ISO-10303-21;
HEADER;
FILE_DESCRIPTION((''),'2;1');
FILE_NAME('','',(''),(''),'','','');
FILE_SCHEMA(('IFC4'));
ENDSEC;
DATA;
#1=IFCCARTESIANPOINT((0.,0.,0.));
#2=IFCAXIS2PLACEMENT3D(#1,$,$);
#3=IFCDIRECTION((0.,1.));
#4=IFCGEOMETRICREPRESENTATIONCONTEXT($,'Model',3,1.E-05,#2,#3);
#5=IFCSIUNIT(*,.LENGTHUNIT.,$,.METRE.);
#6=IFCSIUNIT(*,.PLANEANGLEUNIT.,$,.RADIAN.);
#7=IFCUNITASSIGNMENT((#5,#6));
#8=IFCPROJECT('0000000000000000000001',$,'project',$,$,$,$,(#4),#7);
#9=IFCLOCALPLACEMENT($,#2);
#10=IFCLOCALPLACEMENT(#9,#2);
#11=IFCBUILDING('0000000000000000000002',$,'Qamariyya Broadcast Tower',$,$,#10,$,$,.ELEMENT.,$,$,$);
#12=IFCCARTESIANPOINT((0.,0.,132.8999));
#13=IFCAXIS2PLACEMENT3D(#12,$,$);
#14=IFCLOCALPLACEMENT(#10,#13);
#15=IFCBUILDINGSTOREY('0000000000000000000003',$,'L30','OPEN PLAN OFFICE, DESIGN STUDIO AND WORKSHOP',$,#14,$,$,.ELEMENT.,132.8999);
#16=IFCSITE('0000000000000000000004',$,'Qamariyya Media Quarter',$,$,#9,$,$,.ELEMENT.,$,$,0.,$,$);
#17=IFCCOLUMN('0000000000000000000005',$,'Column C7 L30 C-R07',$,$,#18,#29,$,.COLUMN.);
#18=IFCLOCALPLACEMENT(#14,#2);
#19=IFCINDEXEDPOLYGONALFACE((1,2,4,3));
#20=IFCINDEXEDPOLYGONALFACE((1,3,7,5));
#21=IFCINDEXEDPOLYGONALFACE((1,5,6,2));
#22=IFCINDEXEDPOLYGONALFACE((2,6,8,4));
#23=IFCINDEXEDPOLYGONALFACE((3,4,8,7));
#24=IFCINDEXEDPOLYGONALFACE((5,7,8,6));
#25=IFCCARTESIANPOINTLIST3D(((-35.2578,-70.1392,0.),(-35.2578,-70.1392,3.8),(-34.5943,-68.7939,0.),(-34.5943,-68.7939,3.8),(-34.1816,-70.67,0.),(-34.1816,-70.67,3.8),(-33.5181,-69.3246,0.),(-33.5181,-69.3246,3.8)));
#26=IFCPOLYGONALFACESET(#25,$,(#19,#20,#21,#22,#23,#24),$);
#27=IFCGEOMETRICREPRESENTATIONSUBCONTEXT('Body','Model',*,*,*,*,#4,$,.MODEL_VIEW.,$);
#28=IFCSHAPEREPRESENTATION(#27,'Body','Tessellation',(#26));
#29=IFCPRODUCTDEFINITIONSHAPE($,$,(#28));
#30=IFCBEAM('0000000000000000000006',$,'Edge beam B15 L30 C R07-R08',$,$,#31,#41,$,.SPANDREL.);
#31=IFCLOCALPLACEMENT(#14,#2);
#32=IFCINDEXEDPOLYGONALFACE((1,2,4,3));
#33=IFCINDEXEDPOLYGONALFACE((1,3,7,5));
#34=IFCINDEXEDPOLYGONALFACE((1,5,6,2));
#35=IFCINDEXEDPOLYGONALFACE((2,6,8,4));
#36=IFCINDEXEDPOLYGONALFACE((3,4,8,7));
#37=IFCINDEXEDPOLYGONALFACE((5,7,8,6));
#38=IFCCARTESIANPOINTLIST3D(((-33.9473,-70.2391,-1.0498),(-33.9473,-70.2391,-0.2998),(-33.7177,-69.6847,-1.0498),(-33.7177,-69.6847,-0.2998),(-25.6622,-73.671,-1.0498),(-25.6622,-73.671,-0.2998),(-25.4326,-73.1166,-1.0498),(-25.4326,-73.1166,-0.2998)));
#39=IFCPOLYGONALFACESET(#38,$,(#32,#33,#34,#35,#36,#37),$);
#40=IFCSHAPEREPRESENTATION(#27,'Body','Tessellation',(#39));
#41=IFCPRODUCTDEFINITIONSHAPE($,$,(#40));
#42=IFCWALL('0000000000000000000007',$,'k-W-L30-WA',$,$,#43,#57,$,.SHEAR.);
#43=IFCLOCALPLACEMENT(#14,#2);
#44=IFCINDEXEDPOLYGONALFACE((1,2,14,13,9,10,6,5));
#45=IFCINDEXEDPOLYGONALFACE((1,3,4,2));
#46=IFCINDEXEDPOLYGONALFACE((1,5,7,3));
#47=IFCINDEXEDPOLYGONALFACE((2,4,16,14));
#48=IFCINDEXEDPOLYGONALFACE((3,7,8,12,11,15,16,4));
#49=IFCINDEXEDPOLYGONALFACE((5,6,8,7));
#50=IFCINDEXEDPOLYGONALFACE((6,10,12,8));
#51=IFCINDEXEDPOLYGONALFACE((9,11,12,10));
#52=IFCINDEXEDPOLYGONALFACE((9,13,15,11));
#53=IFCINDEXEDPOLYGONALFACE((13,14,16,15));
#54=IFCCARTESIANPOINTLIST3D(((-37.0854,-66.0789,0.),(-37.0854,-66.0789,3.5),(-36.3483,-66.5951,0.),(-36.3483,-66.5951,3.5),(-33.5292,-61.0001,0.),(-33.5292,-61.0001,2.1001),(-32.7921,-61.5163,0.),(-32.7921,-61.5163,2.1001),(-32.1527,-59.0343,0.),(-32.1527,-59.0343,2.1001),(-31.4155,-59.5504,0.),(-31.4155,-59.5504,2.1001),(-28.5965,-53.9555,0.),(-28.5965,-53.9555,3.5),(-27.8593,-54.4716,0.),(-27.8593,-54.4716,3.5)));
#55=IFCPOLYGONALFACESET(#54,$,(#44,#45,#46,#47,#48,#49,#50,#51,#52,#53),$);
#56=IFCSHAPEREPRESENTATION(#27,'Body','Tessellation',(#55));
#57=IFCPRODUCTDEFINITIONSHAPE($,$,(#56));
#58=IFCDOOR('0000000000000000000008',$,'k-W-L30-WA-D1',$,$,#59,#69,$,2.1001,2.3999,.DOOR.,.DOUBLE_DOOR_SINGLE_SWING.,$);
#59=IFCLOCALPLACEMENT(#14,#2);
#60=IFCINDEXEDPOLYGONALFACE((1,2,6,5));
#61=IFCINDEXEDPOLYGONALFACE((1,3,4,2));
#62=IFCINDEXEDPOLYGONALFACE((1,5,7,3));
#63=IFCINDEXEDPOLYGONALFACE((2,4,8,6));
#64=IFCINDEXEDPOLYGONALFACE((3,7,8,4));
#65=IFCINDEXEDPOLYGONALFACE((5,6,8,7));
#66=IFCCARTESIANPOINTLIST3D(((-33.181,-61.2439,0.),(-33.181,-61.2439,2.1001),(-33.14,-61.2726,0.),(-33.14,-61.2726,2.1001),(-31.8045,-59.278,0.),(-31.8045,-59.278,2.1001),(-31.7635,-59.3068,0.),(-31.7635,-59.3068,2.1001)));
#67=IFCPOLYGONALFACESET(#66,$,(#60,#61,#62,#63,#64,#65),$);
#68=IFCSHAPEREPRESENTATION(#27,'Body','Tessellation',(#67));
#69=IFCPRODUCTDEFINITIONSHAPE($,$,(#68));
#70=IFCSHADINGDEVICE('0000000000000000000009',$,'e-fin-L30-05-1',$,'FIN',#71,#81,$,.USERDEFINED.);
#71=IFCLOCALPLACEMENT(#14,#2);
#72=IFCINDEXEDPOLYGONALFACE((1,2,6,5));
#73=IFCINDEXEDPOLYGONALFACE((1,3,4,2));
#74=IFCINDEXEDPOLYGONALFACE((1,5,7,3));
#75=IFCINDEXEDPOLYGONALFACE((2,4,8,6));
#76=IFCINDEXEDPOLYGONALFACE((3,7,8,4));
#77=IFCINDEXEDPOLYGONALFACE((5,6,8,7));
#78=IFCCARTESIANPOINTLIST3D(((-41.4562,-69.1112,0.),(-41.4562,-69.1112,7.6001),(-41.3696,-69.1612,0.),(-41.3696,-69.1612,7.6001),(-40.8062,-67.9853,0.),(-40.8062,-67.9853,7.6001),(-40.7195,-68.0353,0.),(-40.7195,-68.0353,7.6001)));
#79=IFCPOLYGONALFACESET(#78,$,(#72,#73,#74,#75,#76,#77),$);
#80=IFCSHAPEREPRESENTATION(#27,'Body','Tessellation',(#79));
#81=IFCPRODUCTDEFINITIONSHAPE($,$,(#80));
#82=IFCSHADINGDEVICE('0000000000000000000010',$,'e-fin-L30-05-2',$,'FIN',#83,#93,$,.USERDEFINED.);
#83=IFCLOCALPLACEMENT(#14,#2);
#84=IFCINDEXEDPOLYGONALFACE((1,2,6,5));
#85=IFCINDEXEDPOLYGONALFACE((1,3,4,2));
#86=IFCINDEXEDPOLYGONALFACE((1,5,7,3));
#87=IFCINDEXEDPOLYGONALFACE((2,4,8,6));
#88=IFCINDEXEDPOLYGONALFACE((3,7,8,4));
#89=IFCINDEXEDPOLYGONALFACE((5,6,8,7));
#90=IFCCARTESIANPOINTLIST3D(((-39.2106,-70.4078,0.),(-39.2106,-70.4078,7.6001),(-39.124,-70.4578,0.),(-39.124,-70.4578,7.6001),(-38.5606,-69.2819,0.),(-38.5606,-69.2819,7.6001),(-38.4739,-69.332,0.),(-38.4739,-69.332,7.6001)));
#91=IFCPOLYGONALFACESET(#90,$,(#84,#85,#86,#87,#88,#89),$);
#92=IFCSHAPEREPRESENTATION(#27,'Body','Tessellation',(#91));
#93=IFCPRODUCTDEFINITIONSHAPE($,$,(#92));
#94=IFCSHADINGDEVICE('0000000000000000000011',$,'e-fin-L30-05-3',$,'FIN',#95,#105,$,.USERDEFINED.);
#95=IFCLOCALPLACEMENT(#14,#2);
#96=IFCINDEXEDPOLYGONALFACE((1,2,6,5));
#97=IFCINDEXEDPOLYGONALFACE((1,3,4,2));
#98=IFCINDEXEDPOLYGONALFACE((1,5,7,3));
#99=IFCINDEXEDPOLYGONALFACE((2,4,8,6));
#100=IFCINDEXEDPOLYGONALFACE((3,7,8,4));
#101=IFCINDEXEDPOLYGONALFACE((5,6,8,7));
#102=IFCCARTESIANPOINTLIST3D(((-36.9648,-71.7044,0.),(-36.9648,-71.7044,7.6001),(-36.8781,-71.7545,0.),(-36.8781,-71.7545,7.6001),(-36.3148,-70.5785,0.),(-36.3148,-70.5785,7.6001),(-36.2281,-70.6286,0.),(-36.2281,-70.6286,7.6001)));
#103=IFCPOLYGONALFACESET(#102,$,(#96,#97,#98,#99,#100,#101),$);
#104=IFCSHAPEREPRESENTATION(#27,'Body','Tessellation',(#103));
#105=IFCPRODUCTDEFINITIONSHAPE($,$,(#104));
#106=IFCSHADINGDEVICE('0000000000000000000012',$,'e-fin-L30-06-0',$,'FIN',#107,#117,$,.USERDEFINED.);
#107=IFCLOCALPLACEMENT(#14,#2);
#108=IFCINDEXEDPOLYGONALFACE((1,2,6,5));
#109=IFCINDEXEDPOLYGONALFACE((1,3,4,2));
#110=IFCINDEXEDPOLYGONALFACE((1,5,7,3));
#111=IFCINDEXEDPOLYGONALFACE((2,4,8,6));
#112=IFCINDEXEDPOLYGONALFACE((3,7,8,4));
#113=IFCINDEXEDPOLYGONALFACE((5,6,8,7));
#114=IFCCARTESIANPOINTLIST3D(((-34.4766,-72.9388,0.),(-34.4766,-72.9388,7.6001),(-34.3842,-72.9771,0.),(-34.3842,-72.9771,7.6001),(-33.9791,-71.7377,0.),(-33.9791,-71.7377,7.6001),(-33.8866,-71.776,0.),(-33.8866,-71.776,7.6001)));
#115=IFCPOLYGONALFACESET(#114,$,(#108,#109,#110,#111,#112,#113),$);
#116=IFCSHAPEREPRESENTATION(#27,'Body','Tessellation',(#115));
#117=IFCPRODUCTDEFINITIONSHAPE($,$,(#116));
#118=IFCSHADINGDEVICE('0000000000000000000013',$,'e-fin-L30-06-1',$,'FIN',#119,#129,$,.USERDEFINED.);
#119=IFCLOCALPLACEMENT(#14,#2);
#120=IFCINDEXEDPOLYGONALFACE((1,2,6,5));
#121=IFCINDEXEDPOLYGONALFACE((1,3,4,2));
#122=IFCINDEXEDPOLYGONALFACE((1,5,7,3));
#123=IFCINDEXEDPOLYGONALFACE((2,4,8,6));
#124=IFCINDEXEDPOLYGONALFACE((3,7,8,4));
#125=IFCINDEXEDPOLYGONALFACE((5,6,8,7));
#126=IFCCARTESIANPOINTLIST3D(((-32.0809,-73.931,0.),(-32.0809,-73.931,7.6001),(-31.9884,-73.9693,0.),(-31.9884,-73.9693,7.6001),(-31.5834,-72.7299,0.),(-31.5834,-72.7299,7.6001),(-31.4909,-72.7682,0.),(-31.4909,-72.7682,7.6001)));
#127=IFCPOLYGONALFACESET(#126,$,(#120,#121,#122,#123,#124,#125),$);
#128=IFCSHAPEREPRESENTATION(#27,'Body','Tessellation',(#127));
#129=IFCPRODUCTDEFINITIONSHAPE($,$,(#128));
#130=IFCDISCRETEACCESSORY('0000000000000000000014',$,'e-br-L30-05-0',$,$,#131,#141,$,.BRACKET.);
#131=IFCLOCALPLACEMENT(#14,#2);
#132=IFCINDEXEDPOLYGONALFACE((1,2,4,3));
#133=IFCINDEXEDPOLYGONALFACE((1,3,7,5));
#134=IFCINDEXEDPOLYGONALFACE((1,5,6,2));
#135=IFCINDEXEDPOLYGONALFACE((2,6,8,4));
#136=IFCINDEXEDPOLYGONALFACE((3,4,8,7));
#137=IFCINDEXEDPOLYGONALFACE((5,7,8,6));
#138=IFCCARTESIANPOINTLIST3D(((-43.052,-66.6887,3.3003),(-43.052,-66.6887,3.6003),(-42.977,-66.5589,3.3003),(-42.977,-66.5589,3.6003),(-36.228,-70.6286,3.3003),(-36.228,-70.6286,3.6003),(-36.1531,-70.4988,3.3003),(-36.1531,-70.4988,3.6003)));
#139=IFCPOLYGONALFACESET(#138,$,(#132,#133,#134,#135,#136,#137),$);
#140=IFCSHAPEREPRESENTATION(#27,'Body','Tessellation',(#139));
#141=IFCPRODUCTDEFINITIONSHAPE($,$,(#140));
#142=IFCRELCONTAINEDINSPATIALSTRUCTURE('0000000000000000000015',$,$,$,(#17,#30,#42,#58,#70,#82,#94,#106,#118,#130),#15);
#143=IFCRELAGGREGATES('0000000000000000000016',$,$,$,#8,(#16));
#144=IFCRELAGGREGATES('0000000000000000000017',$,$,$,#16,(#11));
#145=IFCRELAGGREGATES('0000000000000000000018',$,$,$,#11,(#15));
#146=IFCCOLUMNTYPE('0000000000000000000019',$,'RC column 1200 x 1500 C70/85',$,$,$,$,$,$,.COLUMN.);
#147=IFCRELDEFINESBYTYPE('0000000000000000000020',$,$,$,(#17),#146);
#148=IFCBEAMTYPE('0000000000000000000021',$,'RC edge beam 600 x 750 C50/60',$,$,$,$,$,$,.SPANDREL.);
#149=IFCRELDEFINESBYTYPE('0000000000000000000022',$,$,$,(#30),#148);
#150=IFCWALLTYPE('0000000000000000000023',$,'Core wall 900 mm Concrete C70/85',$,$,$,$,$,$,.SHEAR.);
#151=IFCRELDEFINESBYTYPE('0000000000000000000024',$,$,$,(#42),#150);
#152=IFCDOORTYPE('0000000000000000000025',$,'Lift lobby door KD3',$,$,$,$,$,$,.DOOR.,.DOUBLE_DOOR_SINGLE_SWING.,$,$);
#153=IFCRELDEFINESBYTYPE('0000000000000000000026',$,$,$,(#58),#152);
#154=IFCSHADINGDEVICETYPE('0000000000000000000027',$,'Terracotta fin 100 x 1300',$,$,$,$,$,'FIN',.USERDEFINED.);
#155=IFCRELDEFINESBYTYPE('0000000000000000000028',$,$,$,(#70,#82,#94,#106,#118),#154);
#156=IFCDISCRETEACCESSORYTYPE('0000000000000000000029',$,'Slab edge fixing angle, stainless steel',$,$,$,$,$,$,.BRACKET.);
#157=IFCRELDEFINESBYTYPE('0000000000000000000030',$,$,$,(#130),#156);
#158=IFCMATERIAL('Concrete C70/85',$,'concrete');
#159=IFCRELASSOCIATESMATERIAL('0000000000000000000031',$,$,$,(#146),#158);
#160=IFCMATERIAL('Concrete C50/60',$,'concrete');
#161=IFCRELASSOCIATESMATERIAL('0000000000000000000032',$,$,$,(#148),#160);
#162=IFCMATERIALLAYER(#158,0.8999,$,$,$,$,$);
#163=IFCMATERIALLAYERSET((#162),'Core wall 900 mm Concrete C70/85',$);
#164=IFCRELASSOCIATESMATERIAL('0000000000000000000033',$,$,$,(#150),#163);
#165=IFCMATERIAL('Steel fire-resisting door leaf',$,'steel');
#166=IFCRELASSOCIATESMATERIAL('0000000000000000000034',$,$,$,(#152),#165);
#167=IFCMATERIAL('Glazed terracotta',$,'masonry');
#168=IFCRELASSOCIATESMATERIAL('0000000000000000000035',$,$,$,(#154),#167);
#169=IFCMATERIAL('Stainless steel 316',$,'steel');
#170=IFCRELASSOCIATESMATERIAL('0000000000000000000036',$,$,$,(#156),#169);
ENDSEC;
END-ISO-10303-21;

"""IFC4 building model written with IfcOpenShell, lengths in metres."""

from ifc_helpers import new_model, si_unit, direction, frame, frame_2d, origin, origin_2d, place, context, subcontext, project, spatial, rectangle, extrude, material, layer, layer_set, material_profile, profile_set, type_object, element, fill, save


model = new_model("IFC4")

# Units and contexts
model_context = context("Model", 3, precision=1e-05, world=origin(), true_north=direction((0.0, 1.0)))
body_context = subcontext(model_context, "Body", "Model", "MODEL_VIEW")
ifc_project = project(units=[si_unit("LENGTHUNIT", "METRE"), si_unit("PLANEANGLEUNIT", "RADIAN")], contexts=[model_context])

# Site, building, storey
site_placement = place(None, origin())
site = spatial("IfcSite", under=ifc_project, at=site_placement, Name="Qamariyya Media Quarter", CompositionType="ELEMENT", RefElevation=0.0)
building_placement = place(site_placement, origin())
building = spatial("IfcBuilding", under=site, at=building_placement, Name="Qamariyya Broadcast Tower", CompositionType="ELEMENT")
storey_placement = place(building_placement, frame((0.0, 0.0, 132.8999)))
storey = spatial("IfcBuildingStorey", under=building, at=storey_placement, Name="L30", Description="OPEN PLAN OFFICE, DESIGN STUDIO AND WORKSHOP", CompositionType="ELEMENT", Elevation=132.8999)

# Column
ifc_material_1 = material(Name="Concrete C70/85", Category="concrete")
ifc_material_profile_1 = material_profile(ifc_material_1, rectangle(XDim=1.2, YDim=1.5, at=origin_2d()))
ifc_profile_set_1 = profile_set([ifc_material_profile_1], Name="Concrete C70/85")
column_type = type_object("IfcColumnType", Name="RC column 1200 x 1500 C70/85", PredefinedType="COLUMN", material=ifc_profile_set_1)
column_placement = place(storey_placement, frame((-34.3879, -69.7319, 0.0), z_axis=(0.0, 0.0, 1.0), x_axis=(0.896873, -0.442289, 0.0)))
element("IfcColumn", 1, at=column_placement, inside=storey, type_object=column_type, Name="Column C7 L30 C-R07", PredefinedType="COLUMN", context=body_context, shape_type="SweptSolid", body=[
    extrude(rectangle(XDim=1.2, YDim=1.5, at=origin_2d()), origin(), (0.0, 0.0, 1.0), 3.8),
])

# Beam
ifc_material_2 = material(Name="Concrete C50/60", Category="concrete")
ifc_material_profile_2 = material_profile(ifc_material_2, rectangle(XDim=0.6001, YDim=0.75, at=origin_2d()))
ifc_profile_set_2 = profile_set([ifc_material_profile_2], Name="Concrete C50/60")
beam_type = type_object("IfcBeamType", Name="RC edge beam 600 x 750 C50/60", PredefinedType="SPANDREL", material=ifc_profile_set_2)
beam_placement = place(storey_placement, frame((-33.8325, -69.9619, -0.6748), z_axis=(0.923877, -0.382689, 0.0), x_axis=(0.382689, 0.923877, 0.0)))
element("IfcBeam", 2, at=beam_placement, inside=storey, type_object=beam_type, Name="Edge beam B15 L30 C R07-R08", PredefinedType="SPANDREL", context=body_context, shape_type="SweptSolid", body=[
    extrude(rectangle(XDim=0.6001, YDim=0.75, at=origin_2d()), origin(), (0.0, 0.0, 1.0), 8.9678),
])

# Wall, opening, door
ifc_layer = layer(ifc_material_1, 0.8999)
ifc_layer_set = layer_set([ifc_layer], Name="Core wall 900 mm Concrete C70/85")
wall_type = type_object("IfcWallType", Name="Core wall 900 mm Concrete C70/85", PredefinedType="SHEAR", material=ifc_layer_set)
wall_placement = place(storey_placement, frame((-36.7168, -66.3369, 0.0), z_axis=(0.0, 0.0, 1.0), x_axis=(0.573577, 0.819151, 0.0)))
wall = element("IfcWall", 3, at=wall_placement, inside=storey, type_object=wall_type, Name="k-W-L30-WA", PredefinedType="SHEAR", context=body_context, shape_type="SweptSolid", body=[
    extrude(rectangle(XDim=14.8, YDim=0.8999, at=frame_2d((7.3999, 0.0))), origin(), (0.0, 0.0, 1.0), 3.5),
])
opening_placement = place(wall_placement, frame((6.2, 0.0, 0.0)))
opening = element("IfcOpeningElement", 4, at=opening_placement, cuts=wall, PredefinedType="OPENING", context=body_context, shape_type="SweptSolid", body=[
    extrude(rectangle(XDim=2.3999, YDim=2.1001, at=frame_2d((1.2, 1.05))), frame((0.0, 0.46, 0.0), z_axis=(0.0, -1.0, 0.0), x_axis=(1.0, 0.0, 0.0)), (0.0, 0.0, 1.0), 0.9199),
])
ifc_material_3 = material(Name="Steel fire-resisting door leaf", Category="steel")
door_type = type_object("IfcDoorType", Name="Lift lobby door KD3", OperationType="DOUBLE_DOOR_SINGLE_SWING", PredefinedType="DOOR", material=ifc_material_3)
door_placement = place(opening_placement, origin())
door = element("IfcDoor", 5, at=door_placement, inside=storey, type_object=door_type, Name="k-W-L30-WA-D1", OperationType="DOUBLE_DOOR_SINGLE_SWING", OverallHeight=2.1001, OverallWidth=2.3999, PredefinedType="DOOR", context=body_context, shape_type="SweptSolid", body=[
    extrude(rectangle(XDim=2.3999, YDim=2.1001, at=frame_2d((1.2, 1.05))), frame((0.0, 0.0249, 0.0), z_axis=(0.0, -1.0, 0.0), x_axis=(1.0, 0.0, 0.0)), (0.0, 0.0, 1.0), 0.05),
])
fill(opening, door)

# Shading devices
ifc_material_4 = material(Name="Glazed terracotta", Category="masonry")
ifc_material_profile_3 = material_profile(ifc_material_4, rectangle(XDim=1.3, YDim=0.1001, at=origin_2d()))
ifc_profile_set_3 = profile_set([ifc_material_profile_3], Name="Glazed terracotta")
shading_device_type_1 = type_object("IfcShadingDeviceType", Name="Terracotta fin 100 x 1300", ElementType="FIN", PredefinedType="USERDEFINED", material=ifc_profile_set_3)
for number, where, z_axis, x_axis, name in (
    (6, (-41.0879, -68.5732, 0.0), (0.0, 0.0, 1.0), (-0.5, -0.866025, 0.0), "e-fin-L30-05-1"),
    (7, (-38.8423, -69.8699, 0.0), (0.0, 0.0, 1.0), (-0.5, -0.866025, 0.0), "e-fin-L30-05-2"),
    (8, (-36.5964, -71.1665, 0.0), (0.0, 0.0, 1.0), (-0.5, -0.866025, 0.0), "e-fin-L30-05-3"),
    (9, (-34.1816, -72.3574, 0.0), (0.0, 0.0, 1.0), (-0.382683, -0.92388, 0.0), "e-fin-L30-06-0"),
    (10, (-31.7859, -73.3496, 0.0), (0.0, 0.0, 1.0), (-0.382683, -0.92388, 0.0), "e-fin-L30-06-1"),
):
    element("IfcShadingDevice", number, at=place(storey_placement, frame(where, z_axis=z_axis, x_axis=x_axis)), inside=storey, type_object=shading_device_type_1, Name=name, ObjectType="FIN", PredefinedType="USERDEFINED", context=body_context, shape_type="SweptSolid", body=[
        extrude(rectangle(XDim=1.3, YDim=0.1001, at=origin_2d()), origin(), (0.0, 0.0, 1.0), 7.6001),
    ])

# Discrete accessory
ifc_material_5 = material(Name="Stainless steel 316", Category="steel")
discrete_accessory_type = type_object("IfcDiscreteAccessoryType", Name="Slab edge fixing angle, stainless steel", PredefinedType="BRACKET", material=ifc_material_5)
discrete_accessory_placement = place(storey_placement, frame((-39.6025, -68.5938, 3.3003), z_axis=(0.0, 0.0, 1.0), x_axis=(0.866025, -0.5, 0.0)))
element("IfcDiscreteAccessory", 11, at=discrete_accessory_placement, inside=storey, type_object=discrete_accessory_type, Name="e-br-L30-05-0", PredefinedType="BRACKET", context=body_context, shape_type="SweptSolid", body=[
    extrude(rectangle(XDim=7.8796, YDim=0.1499, at=origin_2d()), origin(), (0.0, 0.0, 1.0), 0.3),
])

save(model, "model.ifc")
